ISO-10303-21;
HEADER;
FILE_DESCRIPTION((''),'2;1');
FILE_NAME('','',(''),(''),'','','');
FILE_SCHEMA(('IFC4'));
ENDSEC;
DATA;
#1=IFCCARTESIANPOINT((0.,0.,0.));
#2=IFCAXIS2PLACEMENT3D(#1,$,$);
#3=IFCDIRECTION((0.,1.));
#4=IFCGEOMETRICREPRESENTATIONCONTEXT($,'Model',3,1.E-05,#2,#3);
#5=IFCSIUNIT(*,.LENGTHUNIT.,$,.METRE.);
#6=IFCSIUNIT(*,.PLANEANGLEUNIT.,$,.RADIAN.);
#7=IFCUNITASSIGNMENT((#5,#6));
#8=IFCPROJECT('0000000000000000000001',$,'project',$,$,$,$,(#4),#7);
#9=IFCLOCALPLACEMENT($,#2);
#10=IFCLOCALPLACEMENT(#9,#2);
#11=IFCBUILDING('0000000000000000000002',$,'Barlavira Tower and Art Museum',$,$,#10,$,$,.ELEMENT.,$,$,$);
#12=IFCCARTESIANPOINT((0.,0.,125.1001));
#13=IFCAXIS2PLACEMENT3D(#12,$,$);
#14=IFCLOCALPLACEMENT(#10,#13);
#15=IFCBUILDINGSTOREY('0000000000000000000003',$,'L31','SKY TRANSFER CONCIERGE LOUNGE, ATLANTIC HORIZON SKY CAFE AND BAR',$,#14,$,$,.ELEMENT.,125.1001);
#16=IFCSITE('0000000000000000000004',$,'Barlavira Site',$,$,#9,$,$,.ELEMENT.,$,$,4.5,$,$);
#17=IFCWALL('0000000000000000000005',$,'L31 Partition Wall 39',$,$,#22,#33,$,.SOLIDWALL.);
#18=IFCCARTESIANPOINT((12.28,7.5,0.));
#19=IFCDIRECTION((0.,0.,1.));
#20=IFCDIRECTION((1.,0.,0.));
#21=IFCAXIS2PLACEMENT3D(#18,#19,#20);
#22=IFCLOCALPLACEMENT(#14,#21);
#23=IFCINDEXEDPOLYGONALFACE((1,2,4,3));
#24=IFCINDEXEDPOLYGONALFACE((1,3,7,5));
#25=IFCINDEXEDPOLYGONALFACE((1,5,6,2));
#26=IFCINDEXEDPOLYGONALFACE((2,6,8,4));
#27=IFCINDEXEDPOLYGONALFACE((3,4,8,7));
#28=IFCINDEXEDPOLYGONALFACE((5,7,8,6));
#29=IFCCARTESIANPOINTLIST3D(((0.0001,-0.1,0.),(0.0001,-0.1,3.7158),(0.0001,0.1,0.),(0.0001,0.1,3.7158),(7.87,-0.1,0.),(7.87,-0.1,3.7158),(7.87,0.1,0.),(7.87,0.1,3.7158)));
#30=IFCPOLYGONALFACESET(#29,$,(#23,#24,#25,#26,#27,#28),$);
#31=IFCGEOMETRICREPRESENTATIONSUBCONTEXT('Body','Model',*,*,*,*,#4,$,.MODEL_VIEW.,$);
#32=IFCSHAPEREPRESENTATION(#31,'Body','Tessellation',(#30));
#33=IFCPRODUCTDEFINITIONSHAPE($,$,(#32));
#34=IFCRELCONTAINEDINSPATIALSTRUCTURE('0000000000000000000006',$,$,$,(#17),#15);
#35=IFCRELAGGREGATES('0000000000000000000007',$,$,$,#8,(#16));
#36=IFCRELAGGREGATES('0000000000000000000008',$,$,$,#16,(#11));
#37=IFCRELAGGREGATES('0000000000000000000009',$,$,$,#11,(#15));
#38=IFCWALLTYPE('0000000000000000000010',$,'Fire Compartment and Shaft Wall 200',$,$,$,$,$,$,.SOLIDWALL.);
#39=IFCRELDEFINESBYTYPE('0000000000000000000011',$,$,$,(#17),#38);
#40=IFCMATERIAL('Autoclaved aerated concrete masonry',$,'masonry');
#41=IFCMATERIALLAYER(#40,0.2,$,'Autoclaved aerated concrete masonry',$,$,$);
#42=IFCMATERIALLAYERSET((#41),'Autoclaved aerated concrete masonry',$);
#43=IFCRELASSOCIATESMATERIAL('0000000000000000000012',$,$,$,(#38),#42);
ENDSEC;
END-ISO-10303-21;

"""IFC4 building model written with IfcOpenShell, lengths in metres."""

from ifc_helpers import new_model, si_unit, direction, frame, frame_2d, origin, place, context, subcontext, project, spatial, rectangle, extrude, material, layer, layer_set, type_object, element, save


model = new_model("IFC4")

# Units and contexts
model_context = context("Model", 3, precision=1e-05, world=origin(), true_north=direction((0.0, 1.0)))
body_context = subcontext(model_context, "Body", "Model", "MODEL_VIEW")
ifc_project = project(units=[si_unit("LENGTHUNIT", "METRE"), si_unit("PLANEANGLEUNIT", "RADIAN")], contexts=[model_context])

# Site, building, storey
site_placement = place(None, origin())
site = spatial("IfcSite", under=ifc_project, at=site_placement, Name="Barlavira Site", CompositionType="ELEMENT", RefElevation=4.5)
building_placement = place(site_placement, origin())
building = spatial("IfcBuilding", under=site, at=building_placement, Name="Barlavira Tower and Art Museum", CompositionType="ELEMENT")
storey_placement = place(building_placement, frame((0.0, 0.0, 125.1001)))
storey = spatial("IfcBuildingStorey", under=building, at=storey_placement, Name="L31", Description="SKY TRANSFER CONCIERGE LOUNGE, ATLANTIC HORIZON SKY CAFE AND BAR", CompositionType="ELEMENT", Elevation=125.1001)

# Shared definitions
ifc_material_1 = material(Name="Autoclaved aerated concrete masonry", Category="masonry")
ifc_layer_1 = layer(ifc_material_1, 0.2, Name="Autoclaved aerated concrete masonry")
ifc_layer_set_1 = layer_set([ifc_layer_1], Name="Autoclaved aerated concrete masonry")
wall_type_1 = type_object("IfcWallType", Name="Fire Compartment and Shaft Wall 200", PredefinedType="SOLIDWALL", material=ifc_layer_set_1)

# Wall
wall_1_placement = place(storey_placement, frame((12.28, 7.5, 0.0), z_axis=(0.0, 0.0, 1.0), x_axis=(1.0, 0.0, 0.0)))
element("IfcWall", 1, at=wall_1_placement, inside=storey, type_object=wall_type_1, Name="L31 Partition Wall 39", PredefinedType="SOLIDWALL", context=body_context, shape_type="SweptSolid", body=[
    extrude(rectangle(XDim=7.8699, YDim=0.2, at=frame_2d((3.9351, 0.0))), origin(), (0.0, 0.0, 1.0), 3.7158),
])

save(model, "model.ifc")
